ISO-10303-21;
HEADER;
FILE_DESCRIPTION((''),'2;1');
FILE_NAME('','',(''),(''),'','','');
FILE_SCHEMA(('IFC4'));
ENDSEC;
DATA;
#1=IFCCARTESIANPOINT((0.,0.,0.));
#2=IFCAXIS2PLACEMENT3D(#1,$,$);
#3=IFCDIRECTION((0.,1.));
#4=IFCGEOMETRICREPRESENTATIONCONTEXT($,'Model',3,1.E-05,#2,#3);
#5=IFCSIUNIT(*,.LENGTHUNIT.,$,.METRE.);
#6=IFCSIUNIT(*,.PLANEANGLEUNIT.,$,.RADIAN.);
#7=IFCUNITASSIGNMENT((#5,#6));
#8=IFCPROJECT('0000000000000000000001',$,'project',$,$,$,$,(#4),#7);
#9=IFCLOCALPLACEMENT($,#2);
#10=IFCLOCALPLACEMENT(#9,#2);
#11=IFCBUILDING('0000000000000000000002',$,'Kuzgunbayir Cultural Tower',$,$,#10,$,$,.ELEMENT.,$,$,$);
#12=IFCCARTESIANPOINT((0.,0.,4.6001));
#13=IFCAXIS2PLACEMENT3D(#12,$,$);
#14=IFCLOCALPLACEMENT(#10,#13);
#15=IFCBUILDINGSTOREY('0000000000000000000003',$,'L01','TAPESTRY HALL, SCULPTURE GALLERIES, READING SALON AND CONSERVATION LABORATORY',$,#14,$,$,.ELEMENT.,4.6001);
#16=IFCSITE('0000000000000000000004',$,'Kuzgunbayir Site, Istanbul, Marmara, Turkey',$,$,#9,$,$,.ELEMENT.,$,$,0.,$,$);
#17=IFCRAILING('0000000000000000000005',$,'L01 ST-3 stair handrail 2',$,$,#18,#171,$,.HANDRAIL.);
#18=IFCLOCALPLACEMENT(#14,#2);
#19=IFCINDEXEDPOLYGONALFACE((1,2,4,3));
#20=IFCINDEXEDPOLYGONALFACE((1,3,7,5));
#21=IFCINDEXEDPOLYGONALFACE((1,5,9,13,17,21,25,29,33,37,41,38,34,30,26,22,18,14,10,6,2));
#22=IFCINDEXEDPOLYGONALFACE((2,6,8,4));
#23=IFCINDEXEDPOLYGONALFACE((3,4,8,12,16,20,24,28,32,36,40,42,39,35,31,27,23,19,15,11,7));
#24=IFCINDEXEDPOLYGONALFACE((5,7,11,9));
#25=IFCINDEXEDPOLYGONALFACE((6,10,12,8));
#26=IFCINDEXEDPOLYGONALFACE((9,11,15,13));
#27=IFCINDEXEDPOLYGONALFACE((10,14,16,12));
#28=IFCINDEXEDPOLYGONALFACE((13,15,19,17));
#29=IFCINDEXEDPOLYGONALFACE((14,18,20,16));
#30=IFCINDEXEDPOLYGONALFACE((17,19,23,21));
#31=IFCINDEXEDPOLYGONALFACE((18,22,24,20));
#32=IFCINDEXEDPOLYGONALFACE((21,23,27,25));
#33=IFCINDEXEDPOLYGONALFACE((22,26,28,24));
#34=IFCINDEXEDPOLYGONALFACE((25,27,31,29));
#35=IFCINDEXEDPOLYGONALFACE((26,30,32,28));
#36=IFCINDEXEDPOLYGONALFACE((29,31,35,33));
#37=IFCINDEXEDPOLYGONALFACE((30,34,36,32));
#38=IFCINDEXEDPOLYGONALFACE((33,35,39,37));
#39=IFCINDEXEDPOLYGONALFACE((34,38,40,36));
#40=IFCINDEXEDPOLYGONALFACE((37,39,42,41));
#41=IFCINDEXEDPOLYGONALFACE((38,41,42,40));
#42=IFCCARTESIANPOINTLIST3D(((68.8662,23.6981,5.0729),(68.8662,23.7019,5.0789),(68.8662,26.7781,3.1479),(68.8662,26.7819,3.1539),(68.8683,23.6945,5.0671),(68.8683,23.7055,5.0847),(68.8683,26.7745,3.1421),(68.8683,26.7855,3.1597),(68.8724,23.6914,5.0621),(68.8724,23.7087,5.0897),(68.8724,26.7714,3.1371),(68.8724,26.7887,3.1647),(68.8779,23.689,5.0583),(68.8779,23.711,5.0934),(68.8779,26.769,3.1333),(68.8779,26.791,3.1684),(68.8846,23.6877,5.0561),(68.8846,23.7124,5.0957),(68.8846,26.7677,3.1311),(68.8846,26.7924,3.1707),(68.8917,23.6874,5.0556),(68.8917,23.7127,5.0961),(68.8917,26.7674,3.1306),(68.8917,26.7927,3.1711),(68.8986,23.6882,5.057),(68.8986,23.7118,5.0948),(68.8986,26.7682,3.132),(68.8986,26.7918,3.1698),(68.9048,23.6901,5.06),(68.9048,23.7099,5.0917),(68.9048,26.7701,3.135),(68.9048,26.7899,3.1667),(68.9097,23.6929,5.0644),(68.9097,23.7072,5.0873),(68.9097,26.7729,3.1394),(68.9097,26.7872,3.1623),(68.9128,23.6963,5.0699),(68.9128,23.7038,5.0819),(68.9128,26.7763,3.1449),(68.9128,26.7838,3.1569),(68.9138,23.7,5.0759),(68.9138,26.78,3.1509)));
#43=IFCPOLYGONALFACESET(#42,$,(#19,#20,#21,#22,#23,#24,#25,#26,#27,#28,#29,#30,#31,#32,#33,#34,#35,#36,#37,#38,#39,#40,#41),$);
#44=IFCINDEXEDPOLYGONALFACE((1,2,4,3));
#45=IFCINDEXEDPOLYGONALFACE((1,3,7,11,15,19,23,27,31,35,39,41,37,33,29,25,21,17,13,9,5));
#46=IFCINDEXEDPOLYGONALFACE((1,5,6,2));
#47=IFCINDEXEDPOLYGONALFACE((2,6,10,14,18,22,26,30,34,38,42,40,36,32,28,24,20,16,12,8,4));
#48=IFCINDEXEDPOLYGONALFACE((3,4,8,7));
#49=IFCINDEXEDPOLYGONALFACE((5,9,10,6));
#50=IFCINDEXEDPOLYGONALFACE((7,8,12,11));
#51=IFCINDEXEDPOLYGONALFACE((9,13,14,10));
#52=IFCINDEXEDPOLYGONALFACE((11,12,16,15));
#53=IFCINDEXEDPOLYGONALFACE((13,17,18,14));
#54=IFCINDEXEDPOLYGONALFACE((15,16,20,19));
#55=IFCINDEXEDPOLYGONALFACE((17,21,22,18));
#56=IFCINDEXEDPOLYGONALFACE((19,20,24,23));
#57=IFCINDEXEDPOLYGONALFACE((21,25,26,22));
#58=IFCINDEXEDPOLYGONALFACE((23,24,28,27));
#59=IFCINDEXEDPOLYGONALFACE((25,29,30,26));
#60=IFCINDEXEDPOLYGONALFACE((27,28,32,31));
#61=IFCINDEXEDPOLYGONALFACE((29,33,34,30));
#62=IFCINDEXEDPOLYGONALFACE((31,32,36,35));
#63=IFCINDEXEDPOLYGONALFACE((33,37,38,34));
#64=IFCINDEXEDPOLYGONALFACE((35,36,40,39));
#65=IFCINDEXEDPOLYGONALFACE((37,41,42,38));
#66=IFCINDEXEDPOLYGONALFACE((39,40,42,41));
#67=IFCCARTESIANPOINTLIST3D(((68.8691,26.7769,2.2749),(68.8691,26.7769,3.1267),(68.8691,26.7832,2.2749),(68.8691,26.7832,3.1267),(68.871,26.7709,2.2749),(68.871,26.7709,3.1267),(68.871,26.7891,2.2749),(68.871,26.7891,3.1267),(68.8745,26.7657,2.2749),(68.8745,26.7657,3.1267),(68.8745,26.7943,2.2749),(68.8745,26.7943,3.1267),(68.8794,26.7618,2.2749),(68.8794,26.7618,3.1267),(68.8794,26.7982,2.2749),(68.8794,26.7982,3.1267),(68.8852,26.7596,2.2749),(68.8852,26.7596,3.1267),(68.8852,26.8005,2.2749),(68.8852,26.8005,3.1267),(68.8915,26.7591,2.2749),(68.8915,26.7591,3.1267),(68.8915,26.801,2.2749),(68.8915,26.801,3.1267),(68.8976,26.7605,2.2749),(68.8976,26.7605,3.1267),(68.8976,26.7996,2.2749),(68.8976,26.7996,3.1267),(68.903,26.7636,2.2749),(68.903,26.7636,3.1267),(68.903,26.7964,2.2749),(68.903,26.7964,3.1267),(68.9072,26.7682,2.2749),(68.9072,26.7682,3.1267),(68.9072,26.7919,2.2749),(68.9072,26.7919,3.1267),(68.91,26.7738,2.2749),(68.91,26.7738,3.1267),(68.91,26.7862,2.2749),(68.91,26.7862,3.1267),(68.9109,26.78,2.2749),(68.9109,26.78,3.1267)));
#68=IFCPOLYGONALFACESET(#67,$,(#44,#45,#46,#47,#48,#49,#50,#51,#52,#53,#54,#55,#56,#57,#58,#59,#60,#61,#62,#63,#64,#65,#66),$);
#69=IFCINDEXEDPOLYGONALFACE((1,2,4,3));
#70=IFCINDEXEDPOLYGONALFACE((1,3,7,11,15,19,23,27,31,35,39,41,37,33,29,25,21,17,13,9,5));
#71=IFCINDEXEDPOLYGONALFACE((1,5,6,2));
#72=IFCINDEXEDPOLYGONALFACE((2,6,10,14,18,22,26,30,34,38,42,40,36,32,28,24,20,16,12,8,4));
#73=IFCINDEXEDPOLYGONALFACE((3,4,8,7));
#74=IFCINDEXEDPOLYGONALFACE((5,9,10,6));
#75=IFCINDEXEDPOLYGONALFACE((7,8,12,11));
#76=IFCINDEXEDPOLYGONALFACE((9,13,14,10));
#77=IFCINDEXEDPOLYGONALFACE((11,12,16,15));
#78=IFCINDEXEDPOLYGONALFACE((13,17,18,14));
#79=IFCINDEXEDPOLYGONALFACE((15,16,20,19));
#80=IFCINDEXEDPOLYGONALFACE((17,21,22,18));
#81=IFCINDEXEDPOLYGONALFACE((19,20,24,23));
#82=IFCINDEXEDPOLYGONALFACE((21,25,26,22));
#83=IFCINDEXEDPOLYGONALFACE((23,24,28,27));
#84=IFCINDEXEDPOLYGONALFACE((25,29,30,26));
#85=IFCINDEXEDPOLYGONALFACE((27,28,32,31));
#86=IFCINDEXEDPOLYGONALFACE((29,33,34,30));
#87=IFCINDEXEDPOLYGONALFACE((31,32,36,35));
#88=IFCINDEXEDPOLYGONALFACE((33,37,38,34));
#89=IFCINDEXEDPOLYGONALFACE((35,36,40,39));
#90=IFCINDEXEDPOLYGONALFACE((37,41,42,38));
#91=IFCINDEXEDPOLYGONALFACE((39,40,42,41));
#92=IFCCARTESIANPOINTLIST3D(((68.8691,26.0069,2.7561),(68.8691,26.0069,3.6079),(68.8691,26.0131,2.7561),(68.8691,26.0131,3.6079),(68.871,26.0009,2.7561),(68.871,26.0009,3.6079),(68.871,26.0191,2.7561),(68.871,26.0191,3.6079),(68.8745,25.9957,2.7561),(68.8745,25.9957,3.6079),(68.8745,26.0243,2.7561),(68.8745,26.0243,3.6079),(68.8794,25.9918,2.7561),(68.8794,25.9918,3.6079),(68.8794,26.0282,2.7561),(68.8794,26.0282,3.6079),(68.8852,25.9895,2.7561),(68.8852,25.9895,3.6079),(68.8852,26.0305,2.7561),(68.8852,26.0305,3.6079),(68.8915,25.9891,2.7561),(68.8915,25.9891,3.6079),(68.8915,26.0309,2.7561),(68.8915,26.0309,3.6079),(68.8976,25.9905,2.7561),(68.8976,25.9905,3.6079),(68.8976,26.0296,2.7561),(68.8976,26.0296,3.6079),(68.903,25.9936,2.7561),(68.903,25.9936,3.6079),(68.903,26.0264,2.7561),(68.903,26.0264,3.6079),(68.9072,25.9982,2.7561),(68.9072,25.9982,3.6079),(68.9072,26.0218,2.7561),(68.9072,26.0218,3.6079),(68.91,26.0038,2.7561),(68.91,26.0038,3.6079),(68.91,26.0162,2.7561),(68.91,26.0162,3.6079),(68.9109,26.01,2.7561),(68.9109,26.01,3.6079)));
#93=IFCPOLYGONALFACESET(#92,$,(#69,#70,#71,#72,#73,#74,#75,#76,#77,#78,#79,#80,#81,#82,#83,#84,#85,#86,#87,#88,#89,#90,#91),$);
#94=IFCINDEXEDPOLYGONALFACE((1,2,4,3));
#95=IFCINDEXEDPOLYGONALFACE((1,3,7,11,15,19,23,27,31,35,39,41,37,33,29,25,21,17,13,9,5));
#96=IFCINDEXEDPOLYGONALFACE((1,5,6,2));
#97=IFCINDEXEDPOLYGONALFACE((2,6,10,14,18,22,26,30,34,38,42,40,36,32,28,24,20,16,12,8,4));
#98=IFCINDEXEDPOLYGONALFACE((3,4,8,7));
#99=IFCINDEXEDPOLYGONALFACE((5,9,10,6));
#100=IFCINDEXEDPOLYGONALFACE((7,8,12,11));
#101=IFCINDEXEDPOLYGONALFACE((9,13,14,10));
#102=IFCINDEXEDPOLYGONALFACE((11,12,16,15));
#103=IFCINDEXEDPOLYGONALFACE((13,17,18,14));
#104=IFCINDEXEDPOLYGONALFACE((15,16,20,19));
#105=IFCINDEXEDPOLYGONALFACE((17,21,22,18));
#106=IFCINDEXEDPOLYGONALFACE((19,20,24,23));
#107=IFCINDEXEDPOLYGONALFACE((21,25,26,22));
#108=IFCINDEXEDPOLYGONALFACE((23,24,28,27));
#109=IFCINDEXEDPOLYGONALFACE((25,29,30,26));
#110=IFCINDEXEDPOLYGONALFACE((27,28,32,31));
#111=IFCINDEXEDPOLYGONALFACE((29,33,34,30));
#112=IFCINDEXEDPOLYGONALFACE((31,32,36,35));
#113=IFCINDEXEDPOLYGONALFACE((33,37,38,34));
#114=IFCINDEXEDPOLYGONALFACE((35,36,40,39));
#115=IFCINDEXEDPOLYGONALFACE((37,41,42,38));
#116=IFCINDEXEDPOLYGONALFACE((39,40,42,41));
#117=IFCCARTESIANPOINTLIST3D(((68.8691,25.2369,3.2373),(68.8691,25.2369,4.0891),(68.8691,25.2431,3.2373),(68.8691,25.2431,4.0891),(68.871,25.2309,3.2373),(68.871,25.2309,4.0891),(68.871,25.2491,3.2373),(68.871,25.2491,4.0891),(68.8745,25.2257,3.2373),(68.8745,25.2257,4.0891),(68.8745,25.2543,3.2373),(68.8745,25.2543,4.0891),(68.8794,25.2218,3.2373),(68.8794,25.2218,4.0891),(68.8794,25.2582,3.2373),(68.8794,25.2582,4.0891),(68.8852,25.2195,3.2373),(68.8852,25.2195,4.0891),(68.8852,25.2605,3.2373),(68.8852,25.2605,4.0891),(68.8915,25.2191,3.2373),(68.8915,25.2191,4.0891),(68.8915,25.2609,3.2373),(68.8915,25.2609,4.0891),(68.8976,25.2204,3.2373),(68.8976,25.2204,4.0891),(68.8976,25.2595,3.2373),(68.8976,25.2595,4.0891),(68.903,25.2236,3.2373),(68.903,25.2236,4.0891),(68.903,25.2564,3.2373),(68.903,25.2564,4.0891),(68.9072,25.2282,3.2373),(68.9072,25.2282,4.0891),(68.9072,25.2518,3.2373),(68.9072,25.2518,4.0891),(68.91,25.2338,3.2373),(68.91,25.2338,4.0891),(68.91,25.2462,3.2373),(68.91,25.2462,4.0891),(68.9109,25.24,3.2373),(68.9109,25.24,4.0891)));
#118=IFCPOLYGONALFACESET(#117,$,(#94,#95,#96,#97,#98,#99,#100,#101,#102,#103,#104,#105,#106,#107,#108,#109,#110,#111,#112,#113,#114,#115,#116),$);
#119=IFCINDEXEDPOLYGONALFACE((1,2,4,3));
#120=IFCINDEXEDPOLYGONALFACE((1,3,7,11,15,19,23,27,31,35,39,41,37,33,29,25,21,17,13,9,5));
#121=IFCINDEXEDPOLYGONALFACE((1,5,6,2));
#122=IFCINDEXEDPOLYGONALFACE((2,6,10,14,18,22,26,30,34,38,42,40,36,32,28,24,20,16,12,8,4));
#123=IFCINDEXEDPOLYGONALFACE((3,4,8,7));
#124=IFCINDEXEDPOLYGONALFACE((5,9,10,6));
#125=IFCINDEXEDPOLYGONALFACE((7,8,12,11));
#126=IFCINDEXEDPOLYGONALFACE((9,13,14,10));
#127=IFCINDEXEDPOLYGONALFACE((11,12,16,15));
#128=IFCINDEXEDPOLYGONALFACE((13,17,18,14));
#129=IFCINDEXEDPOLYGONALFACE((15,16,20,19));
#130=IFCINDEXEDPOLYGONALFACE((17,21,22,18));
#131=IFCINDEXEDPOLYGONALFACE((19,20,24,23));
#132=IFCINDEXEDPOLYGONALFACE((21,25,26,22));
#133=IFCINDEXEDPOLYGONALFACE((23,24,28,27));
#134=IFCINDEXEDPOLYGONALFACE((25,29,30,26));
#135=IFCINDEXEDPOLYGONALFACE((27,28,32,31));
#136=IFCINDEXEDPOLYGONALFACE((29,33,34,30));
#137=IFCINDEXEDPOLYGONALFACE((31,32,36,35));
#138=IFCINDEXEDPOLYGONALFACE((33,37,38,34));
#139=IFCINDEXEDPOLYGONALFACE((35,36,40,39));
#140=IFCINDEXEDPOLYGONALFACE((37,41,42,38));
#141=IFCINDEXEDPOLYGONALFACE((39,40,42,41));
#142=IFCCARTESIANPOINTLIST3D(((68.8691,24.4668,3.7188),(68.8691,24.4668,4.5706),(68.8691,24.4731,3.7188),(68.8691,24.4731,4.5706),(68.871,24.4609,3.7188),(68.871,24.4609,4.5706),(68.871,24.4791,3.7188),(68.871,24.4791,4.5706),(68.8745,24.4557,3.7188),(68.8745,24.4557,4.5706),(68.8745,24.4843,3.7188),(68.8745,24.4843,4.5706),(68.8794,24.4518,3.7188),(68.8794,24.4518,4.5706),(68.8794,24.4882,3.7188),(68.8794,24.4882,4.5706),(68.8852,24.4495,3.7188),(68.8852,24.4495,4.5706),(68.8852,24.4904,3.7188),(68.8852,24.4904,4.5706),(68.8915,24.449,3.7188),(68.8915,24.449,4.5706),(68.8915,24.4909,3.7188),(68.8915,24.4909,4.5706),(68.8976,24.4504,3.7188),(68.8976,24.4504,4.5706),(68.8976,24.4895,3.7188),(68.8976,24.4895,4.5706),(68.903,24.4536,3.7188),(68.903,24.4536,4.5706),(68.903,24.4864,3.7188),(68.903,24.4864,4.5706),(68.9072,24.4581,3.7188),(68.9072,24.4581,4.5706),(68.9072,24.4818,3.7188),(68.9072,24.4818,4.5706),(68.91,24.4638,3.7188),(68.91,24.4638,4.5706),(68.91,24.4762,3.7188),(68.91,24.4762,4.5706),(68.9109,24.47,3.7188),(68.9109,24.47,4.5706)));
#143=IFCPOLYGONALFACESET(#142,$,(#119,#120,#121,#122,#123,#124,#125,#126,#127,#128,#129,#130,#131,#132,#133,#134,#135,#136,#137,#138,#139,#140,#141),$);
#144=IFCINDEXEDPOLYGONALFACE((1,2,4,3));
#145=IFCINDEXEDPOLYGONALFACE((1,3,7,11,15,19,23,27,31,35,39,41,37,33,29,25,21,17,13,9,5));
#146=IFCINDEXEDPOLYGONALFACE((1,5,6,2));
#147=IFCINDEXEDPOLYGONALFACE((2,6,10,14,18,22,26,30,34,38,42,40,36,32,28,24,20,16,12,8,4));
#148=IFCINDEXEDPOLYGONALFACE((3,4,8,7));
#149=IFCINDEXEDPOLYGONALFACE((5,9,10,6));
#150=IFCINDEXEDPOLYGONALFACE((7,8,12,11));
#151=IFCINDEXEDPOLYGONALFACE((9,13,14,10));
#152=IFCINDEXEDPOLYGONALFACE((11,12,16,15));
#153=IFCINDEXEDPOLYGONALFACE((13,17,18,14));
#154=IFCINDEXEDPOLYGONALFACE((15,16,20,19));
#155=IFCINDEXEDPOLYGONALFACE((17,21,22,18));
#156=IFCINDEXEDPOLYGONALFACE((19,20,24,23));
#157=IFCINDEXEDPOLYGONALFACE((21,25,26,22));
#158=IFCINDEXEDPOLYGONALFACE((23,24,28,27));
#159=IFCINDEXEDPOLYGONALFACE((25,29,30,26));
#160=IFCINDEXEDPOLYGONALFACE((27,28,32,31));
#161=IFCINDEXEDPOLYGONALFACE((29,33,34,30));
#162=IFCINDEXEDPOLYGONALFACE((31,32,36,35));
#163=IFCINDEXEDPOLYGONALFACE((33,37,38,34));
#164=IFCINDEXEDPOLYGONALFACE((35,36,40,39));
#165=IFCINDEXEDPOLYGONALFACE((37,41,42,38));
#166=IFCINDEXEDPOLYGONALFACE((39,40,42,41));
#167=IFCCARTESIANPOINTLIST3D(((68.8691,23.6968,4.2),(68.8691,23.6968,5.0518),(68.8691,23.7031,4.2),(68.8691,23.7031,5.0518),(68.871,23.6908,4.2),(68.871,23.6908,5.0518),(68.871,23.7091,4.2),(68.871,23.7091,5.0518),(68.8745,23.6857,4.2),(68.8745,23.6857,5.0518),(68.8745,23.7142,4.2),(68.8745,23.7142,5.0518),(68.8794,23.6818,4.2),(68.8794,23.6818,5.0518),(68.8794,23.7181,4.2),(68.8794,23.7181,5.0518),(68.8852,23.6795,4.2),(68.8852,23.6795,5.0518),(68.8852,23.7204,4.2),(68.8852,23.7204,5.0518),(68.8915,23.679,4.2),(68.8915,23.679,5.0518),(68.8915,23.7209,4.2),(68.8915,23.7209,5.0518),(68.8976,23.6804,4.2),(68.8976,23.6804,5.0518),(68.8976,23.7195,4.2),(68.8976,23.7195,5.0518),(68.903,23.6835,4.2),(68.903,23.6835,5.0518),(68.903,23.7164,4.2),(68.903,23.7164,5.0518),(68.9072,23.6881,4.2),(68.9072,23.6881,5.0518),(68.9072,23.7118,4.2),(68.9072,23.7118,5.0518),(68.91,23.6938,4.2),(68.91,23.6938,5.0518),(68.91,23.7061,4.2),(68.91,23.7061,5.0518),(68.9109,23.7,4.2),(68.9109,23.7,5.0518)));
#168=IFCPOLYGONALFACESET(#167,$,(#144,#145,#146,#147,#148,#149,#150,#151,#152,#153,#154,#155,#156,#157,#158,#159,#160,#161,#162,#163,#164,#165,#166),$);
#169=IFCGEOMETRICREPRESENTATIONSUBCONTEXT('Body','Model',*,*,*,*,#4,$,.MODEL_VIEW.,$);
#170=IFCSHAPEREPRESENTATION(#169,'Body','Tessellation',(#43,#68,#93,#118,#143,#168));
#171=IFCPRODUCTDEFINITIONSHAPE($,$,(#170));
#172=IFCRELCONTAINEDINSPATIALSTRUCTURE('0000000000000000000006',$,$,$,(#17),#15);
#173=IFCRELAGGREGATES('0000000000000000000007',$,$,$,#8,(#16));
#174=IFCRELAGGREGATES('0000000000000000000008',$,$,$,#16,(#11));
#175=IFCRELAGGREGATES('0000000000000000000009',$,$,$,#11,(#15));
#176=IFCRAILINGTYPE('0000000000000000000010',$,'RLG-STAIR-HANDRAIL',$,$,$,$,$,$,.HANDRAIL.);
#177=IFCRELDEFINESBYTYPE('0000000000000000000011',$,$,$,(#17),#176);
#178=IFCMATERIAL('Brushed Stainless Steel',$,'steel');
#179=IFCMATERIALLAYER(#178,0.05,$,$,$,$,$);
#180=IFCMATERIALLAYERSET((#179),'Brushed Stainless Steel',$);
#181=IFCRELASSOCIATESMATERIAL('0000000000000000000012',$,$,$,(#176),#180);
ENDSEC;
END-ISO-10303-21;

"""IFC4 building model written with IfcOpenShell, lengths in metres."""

from ifc_helpers import new_model, si_unit, direction, frame, origin, origin_2d, place, context, subcontext, project, spatial, circle, extrude, material, layer, layer_set, type_object, element, save


model = new_model("IFC4")

# Units and contexts
model_context = context("Model", 3, precision=1e-05, world=origin(), true_north=direction((0.0, 1.0)))
body_context = subcontext(model_context, "Body", "Model", "MODEL_VIEW")
ifc_project = project(units=[si_unit("LENGTHUNIT", "METRE"), si_unit("PLANEANGLEUNIT", "RADIAN")], contexts=[model_context])

# Site, building, storey
site_placement = place(None, origin())
site = spatial("IfcSite", under=ifc_project, at=site_placement, Name="Kuzgunbayir Site, Istanbul, Marmara, Turkey", CompositionType="ELEMENT", RefElevation=0.0)
building_placement = place(site_placement, origin())
building = spatial("IfcBuilding", under=site, at=building_placement, Name="Kuzgunbayir Cultural Tower", CompositionType="ELEMENT")
storey_placement = place(building_placement, frame((0.0, 0.0, 4.6001)))
storey = spatial("IfcBuildingStorey", under=building, at=storey_placement, Name="L01", Description="TAPESTRY HALL, SCULPTURE GALLERIES, READING SALON AND CONSERVATION LABORATORY", CompositionType="ELEMENT", Elevation=4.6001)

# Railing
ifc_material_1 = material(Name="Brushed Stainless Steel", Category="steel")
ifc_layer_1 = layer(ifc_material_1, 0.05)
ifc_layer_set_1 = layer_set([ifc_layer_1], Name="Brushed Stainless Steel")
railing_type_1 = type_object("IfcRailingType", Name="RLG-STAIR-HANDRAIL", PredefinedType="HANDRAIL", material=ifc_layer_set_1)
railing_1_placement = place(storey_placement, frame((68.8899, 26.78, 2.2749)))
element("IfcRailing", 1, at=railing_1_placement, inside=storey, type_object=railing_type_1, Name="L01 ST-3 stair handrail 2", PredefinedType="HANDRAIL", context=body_context, shape_type="SweptSolid", body=[
    extrude(circle(Radius=0.0239, at=origin_2d()), frame((0.0, 0.0, 0.876), z_axis=(0.0, -0.847998, 0.529999), x_axis=(1.0, 0.0, 0.0)), (0.0, 0.0, 1.0), 3.6321),
    extrude(circle(Radius=0.021, at=origin_2d()), origin(), (0.0, 0.0, 1.0), 0.8518),
    extrude(circle(Radius=0.021, at=origin_2d()), frame((0.0, -0.77, 0.4812)), (0.0, 0.0, 1.0), 0.8518),
    extrude(circle(Radius=0.021, at=origin_2d()), frame((0.0, -1.54, 0.9624)), (0.0, 0.0, 1.0), 0.8518),
    extrude(circle(Radius=0.021, at=origin_2d()), frame((0.0, -2.3101, 1.4438)), (0.0, 0.0, 1.0), 0.8518),
    extrude(circle(Radius=0.021, at=origin_2d()), frame((0.0, -3.0801, 1.925)), (0.0, 0.0, 1.0), 0.8518),
])

save(model, "model.ifc")
